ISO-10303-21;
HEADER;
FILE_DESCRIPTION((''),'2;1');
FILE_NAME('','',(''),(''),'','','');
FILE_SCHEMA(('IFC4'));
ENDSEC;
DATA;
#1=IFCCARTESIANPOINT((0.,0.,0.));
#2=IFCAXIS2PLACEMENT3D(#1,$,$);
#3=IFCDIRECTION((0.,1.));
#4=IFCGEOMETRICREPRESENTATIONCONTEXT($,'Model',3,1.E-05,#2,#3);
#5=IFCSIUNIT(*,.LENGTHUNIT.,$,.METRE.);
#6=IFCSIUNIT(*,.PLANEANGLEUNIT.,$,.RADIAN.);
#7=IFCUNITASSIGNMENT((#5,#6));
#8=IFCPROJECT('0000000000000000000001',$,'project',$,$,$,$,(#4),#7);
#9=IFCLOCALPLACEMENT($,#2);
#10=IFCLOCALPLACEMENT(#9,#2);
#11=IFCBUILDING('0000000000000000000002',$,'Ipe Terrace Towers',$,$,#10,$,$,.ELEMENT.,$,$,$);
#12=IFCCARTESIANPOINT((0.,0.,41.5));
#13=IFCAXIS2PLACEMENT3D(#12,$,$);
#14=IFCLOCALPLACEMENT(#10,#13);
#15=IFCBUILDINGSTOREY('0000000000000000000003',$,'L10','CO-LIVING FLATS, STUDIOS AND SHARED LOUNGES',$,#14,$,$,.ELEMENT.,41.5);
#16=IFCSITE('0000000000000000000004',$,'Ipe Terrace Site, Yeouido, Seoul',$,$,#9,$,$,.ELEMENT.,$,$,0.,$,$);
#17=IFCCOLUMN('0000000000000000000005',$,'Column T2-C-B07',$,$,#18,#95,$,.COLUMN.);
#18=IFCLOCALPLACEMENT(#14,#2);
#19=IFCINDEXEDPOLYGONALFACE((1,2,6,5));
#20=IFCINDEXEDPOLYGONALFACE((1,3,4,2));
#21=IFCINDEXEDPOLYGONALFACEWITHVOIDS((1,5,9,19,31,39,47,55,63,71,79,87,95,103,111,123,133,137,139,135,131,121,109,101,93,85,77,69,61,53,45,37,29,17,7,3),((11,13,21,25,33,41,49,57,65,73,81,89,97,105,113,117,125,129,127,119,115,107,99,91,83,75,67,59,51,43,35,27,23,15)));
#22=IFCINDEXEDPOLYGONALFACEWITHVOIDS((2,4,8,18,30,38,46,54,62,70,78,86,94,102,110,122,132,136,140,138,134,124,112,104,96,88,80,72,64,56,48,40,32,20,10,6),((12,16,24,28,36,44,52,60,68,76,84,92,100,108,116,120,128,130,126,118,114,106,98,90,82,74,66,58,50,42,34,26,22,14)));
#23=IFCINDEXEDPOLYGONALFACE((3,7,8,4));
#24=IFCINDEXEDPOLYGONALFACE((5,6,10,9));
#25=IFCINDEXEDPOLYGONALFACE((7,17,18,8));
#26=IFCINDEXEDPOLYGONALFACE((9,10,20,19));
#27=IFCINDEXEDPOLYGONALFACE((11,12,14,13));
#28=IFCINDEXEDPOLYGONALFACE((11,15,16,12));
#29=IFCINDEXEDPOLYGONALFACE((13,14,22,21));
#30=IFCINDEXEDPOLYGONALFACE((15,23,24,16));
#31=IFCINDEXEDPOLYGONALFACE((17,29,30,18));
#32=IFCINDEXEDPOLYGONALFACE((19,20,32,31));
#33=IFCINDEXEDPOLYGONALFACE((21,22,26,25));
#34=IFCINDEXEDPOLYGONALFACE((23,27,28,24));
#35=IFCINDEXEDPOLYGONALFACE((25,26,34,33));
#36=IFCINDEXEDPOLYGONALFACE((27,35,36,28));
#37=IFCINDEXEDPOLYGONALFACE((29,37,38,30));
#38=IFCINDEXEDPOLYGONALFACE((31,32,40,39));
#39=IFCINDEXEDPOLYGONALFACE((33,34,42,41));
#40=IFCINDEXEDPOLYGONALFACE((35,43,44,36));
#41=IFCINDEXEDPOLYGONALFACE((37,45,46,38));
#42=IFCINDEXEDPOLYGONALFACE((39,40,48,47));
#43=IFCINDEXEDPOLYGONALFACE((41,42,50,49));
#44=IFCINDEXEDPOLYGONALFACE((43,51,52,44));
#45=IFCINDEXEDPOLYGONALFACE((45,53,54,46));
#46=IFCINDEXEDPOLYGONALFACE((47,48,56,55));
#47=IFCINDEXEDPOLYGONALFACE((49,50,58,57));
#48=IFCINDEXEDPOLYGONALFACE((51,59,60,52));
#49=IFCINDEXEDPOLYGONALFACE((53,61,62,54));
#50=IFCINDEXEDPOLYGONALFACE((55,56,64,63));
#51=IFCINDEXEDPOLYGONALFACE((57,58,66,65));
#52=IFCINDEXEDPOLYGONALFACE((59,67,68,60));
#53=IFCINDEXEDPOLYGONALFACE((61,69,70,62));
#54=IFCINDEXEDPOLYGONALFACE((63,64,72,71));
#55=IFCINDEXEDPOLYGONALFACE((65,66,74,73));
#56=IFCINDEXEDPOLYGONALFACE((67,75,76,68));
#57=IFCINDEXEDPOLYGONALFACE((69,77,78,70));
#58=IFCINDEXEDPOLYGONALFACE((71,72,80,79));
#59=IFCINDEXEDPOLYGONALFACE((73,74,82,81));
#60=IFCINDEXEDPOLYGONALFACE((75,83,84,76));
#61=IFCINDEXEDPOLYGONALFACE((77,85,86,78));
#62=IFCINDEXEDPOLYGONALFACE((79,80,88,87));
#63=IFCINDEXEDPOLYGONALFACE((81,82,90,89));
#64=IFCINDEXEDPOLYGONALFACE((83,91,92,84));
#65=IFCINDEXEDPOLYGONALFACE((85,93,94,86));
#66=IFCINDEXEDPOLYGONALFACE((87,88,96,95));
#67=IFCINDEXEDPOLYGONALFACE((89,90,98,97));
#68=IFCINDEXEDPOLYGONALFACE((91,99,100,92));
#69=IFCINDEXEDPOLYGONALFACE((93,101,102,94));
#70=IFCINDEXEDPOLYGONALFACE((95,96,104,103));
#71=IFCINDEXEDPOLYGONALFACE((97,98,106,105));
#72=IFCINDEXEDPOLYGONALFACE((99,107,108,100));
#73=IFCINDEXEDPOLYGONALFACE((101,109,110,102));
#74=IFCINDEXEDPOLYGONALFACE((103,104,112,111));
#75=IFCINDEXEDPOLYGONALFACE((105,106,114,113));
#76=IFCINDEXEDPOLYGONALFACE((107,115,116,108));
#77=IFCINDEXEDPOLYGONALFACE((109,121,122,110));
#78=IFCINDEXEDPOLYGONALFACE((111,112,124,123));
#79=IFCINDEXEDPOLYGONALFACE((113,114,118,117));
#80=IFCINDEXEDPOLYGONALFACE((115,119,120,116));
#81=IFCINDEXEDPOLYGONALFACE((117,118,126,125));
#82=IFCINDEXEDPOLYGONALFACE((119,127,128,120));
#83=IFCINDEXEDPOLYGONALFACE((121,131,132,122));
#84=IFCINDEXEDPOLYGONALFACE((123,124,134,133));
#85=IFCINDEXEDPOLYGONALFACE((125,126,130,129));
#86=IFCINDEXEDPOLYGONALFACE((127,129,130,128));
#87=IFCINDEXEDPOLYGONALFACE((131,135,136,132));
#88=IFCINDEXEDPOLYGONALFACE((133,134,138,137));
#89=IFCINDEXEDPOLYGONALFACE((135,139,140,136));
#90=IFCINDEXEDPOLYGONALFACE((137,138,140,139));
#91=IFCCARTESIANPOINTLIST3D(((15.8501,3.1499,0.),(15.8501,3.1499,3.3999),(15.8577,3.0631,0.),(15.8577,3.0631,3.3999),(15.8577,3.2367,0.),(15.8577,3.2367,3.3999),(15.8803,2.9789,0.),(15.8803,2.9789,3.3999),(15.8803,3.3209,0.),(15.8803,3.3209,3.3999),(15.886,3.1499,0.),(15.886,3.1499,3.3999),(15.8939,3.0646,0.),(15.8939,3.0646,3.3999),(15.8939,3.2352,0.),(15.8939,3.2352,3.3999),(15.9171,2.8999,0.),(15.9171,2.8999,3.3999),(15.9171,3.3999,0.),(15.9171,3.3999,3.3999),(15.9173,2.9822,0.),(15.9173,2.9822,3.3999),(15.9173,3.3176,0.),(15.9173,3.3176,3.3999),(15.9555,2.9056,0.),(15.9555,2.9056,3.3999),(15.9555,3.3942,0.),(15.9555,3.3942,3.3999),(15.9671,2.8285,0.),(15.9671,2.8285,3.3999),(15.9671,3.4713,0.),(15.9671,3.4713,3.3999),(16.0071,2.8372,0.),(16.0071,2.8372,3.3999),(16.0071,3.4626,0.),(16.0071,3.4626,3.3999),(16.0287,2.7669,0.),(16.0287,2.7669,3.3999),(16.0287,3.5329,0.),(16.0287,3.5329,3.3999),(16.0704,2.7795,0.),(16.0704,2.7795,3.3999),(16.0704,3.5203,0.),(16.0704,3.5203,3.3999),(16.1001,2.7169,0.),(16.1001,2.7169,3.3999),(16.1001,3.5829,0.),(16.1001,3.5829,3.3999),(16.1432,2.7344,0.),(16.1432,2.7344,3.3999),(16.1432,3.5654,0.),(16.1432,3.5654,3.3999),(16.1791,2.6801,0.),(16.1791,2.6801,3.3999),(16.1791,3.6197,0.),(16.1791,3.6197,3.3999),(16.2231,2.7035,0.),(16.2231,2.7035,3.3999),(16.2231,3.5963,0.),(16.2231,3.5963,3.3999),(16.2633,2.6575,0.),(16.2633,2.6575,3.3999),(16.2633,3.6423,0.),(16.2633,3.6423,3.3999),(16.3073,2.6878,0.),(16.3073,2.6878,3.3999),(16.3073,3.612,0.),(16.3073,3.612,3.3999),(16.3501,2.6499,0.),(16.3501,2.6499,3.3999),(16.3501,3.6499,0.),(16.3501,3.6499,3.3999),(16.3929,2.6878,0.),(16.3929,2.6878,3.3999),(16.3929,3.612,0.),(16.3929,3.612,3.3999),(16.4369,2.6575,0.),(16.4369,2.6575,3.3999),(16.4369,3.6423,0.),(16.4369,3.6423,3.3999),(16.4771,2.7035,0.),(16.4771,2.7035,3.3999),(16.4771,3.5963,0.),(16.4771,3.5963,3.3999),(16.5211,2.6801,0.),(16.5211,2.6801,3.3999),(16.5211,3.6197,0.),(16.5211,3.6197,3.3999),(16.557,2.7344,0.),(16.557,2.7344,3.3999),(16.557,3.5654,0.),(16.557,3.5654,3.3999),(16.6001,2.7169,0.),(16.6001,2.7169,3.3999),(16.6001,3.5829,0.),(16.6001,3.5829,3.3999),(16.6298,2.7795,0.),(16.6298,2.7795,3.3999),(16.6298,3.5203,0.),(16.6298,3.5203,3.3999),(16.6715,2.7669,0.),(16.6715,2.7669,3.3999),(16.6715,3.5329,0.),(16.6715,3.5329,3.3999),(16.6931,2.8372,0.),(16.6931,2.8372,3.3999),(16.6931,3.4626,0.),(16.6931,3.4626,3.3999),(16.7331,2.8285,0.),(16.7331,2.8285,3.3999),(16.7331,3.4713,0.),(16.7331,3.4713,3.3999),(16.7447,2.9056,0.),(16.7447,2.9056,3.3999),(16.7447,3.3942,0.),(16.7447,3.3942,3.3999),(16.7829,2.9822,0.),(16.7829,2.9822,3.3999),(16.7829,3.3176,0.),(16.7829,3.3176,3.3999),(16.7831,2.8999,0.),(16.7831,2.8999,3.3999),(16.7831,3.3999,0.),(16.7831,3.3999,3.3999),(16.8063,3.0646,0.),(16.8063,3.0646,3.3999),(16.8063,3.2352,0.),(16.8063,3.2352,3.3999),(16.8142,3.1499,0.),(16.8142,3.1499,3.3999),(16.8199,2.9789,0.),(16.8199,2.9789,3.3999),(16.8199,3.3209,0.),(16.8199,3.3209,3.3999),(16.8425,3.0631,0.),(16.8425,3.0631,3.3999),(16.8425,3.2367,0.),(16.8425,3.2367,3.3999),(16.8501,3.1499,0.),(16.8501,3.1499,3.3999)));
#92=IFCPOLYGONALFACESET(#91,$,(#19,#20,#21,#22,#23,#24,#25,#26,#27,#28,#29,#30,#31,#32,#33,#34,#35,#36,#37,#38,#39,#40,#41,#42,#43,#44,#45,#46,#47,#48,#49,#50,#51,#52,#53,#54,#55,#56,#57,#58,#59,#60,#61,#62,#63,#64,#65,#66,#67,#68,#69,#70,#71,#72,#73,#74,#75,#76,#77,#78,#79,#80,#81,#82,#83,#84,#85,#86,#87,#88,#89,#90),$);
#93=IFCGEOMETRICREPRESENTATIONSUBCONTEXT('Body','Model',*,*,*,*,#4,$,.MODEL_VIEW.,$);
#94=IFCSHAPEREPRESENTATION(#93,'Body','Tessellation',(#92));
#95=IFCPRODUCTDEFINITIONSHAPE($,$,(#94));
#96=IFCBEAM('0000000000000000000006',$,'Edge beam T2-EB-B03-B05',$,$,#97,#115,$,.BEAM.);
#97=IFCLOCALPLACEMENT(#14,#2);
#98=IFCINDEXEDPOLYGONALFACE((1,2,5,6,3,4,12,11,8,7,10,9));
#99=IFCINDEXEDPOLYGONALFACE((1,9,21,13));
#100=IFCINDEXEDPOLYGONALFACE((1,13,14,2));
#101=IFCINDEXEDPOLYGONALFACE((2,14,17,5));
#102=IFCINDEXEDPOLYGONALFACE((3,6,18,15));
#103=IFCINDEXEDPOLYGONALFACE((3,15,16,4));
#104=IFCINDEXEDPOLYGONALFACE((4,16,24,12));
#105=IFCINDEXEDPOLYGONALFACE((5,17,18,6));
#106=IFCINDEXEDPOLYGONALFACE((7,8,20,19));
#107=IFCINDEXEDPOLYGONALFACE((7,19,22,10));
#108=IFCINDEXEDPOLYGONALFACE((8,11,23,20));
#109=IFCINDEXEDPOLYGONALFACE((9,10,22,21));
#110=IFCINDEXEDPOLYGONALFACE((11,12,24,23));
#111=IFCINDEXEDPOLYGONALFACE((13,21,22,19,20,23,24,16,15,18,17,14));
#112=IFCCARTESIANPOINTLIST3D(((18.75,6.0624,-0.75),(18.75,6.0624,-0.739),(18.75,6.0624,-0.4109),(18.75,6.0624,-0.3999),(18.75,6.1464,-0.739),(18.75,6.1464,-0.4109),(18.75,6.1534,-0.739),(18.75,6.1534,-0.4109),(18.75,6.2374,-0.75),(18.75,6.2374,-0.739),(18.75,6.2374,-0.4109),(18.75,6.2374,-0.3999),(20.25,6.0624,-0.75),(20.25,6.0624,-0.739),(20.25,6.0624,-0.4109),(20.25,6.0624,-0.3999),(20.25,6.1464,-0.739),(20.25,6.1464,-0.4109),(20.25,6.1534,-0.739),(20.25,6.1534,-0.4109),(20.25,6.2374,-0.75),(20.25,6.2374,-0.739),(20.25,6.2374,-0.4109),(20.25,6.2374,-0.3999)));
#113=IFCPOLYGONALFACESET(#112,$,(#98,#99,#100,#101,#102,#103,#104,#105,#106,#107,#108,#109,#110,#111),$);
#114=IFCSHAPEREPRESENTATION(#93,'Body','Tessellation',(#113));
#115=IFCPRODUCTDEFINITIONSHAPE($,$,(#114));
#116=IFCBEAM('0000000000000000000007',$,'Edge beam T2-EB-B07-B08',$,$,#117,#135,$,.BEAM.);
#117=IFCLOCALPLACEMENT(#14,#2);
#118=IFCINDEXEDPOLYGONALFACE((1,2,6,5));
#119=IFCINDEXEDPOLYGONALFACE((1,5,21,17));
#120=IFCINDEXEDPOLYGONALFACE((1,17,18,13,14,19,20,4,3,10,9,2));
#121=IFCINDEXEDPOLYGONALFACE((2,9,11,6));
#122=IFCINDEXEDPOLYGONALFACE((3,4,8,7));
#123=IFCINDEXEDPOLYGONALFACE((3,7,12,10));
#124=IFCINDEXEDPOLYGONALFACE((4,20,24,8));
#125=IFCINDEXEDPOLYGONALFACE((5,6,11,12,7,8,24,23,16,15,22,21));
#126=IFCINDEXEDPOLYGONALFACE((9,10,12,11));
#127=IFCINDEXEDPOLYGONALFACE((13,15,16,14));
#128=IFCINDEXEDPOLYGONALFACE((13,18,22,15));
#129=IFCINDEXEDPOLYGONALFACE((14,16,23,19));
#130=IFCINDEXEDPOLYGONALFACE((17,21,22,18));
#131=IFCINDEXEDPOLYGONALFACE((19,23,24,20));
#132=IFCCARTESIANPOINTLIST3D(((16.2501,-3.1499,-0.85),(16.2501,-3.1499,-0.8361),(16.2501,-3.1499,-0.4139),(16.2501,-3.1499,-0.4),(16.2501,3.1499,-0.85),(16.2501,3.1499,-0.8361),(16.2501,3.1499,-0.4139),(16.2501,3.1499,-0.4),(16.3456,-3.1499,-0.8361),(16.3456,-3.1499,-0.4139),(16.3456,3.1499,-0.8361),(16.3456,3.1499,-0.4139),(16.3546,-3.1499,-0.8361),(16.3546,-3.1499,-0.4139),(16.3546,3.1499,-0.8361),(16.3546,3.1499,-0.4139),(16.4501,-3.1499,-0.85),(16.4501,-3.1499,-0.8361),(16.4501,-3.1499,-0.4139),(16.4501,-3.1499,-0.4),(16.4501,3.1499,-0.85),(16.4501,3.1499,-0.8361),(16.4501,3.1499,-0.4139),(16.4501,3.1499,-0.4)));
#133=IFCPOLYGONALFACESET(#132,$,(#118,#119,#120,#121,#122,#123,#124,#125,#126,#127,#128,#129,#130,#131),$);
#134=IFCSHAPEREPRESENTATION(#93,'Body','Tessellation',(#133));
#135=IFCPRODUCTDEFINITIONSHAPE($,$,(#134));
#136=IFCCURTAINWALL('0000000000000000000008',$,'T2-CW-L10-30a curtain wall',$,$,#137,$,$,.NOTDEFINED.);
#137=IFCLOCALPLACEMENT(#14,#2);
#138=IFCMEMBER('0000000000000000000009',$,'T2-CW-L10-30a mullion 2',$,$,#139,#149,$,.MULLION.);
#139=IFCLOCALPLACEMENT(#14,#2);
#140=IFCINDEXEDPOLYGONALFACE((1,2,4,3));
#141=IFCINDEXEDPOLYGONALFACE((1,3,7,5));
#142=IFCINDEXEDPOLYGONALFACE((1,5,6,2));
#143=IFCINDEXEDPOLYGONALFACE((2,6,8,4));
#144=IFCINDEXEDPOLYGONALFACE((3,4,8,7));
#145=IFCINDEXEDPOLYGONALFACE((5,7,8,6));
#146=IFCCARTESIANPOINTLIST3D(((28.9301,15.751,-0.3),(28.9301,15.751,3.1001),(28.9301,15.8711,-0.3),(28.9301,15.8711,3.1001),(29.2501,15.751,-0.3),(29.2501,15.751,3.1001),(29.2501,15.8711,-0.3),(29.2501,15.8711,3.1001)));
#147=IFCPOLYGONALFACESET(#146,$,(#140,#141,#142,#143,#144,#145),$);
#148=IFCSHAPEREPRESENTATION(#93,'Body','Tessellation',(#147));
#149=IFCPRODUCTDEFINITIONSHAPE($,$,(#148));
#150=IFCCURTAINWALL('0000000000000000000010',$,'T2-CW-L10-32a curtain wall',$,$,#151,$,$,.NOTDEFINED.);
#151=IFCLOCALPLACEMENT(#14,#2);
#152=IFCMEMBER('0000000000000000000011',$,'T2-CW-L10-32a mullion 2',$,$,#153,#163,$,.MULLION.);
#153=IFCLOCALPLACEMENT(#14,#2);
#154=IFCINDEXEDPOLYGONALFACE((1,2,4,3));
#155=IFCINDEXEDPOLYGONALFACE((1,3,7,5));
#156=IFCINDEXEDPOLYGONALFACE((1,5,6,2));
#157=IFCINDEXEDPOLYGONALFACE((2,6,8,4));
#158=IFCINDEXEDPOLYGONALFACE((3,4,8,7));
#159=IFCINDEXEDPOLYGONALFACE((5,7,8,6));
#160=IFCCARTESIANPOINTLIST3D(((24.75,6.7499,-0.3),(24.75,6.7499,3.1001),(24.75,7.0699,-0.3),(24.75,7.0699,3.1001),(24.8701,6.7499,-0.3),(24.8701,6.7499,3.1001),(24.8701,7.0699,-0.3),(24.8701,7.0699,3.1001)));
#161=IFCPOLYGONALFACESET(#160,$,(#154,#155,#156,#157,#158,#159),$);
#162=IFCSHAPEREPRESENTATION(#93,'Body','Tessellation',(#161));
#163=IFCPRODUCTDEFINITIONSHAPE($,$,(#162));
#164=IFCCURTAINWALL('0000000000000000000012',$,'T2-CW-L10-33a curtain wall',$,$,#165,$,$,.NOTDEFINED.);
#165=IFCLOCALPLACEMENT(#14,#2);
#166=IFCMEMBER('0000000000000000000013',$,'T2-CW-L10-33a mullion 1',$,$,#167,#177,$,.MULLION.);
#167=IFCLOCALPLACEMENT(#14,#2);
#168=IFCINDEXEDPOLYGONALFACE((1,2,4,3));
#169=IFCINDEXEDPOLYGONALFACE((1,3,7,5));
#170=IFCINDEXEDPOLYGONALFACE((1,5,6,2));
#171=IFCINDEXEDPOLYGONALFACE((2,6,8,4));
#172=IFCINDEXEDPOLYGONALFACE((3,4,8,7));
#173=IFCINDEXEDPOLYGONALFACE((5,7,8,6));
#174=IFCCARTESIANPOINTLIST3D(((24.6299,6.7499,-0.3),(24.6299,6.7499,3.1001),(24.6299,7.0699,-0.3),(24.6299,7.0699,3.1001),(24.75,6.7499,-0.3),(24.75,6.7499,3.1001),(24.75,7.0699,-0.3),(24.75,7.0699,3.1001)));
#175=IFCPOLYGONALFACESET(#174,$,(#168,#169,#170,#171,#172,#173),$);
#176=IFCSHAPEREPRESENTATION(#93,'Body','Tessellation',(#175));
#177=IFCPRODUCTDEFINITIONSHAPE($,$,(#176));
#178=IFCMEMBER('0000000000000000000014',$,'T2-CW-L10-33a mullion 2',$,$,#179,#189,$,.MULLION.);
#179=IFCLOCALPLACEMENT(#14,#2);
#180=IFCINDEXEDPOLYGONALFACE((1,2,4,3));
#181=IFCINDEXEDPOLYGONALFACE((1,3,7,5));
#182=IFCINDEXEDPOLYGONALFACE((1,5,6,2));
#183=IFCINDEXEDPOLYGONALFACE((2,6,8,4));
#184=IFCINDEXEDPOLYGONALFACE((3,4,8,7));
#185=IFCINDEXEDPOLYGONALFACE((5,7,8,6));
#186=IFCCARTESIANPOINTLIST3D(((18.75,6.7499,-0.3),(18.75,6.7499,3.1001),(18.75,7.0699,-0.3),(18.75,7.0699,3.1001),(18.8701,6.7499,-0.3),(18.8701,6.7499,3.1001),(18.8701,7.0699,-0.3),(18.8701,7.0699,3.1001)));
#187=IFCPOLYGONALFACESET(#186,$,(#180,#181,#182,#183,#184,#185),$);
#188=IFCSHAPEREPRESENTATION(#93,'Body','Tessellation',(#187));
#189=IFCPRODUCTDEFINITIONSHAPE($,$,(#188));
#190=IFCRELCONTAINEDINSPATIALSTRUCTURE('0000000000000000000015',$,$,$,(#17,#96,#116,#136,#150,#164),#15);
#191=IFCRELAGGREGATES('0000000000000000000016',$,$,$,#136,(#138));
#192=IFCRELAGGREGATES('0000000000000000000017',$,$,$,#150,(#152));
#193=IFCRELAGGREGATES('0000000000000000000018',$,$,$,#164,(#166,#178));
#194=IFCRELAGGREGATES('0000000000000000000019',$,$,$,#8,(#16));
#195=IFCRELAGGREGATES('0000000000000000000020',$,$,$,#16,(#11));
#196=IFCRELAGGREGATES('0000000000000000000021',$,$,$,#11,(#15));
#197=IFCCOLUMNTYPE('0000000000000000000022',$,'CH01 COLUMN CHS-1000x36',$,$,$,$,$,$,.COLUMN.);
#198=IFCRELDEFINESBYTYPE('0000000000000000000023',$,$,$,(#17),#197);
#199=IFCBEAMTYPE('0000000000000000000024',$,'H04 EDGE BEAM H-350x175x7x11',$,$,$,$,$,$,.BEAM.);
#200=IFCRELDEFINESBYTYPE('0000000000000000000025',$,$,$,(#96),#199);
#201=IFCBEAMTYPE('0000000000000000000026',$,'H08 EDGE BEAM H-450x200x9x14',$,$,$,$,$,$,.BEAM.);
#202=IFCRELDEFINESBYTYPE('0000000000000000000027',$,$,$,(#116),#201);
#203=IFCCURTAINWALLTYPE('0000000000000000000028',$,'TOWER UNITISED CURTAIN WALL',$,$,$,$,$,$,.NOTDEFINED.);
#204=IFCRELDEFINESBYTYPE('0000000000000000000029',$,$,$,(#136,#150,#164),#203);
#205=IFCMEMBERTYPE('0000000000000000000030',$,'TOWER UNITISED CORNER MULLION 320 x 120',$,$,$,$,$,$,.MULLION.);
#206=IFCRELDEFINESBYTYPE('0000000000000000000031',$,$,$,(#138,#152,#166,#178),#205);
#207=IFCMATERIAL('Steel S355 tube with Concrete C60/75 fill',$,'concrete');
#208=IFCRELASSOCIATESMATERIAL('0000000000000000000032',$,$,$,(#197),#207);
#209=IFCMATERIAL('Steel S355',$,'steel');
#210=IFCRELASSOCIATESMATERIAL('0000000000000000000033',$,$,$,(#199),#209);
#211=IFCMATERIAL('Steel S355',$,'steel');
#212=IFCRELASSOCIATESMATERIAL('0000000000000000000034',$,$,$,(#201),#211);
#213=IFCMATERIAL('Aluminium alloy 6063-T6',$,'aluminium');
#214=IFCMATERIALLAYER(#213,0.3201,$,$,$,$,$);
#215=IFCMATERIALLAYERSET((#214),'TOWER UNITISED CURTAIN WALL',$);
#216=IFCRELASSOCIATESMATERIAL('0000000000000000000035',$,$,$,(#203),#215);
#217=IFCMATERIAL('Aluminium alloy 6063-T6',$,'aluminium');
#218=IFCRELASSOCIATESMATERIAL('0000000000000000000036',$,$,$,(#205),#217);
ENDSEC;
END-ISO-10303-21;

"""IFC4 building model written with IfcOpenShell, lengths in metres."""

from ifc_helpers import new_model, si_unit, direction, frame, origin, origin_2d, place, context, subcontext, project, spatial, rectangle, hollow_circle, i_section, extrude, material, layer, layer_set, material_profile, profile_set, type_object, element, aggregate, save


model = new_model("IFC4")

# Units and contexts
model_context = context("Model", 3, precision=1e-05, world=origin(), true_north=direction((0.0, 1.0)))
body_context = subcontext(model_context, "Body", "Model", "MODEL_VIEW")
ifc_project = project(units=[si_unit("LENGTHUNIT", "METRE"), si_unit("PLANEANGLEUNIT", "RADIAN")], contexts=[model_context])

# Site, building, storey
site_placement = place(None, origin())
site = spatial("IfcSite", under=ifc_project, at=site_placement, Name="Ipe Terrace Site, Yeouido, Seoul", CompositionType="ELEMENT", RefElevation=0.0)
building_placement = place(site_placement, origin())
building = spatial("IfcBuilding", under=site, at=building_placement, Name="Ipe Terrace Towers", CompositionType="ELEMENT")
storey_placement = place(building_placement, frame((0.0, 0.0, 41.5)))
storey = spatial("IfcBuildingStorey", under=building, at=storey_placement, Name="L10", Description="CO-LIVING FLATS, STUDIOS AND SHARED LOUNGES", CompositionType="ELEMENT", Elevation=41.5)

# Column
ifc_material_1 = material(Name="Steel S355 tube with Concrete C60/75 fill", Category="concrete")
ifc_material_profile_1 = material_profile(ifc_material_1, hollow_circle(Radius=0.5, WallThickness=0.0359, at=origin_2d()), Name="CHS-1000x36")
ifc_profile_set_1 = profile_set([ifc_material_profile_1], Name="Steel S355 tube with Concrete C60/75 fill")
column_type = type_object("IfcColumnType", Name="CH01 COLUMN CHS-1000x36", PredefinedType="COLUMN", material=ifc_profile_set_1)
for number, where, z_axis, x_axis, name in (
    (1, (16.3501, 3.1499, 0.0), (0.0, 0.0, 1.0), (1.0, 0.0, 0.0), "Column T2-C-B07"),
):
    element("IfcColumn", number, at=place(storey_placement, frame(where, z_axis=z_axis, x_axis=x_axis)), inside=storey, type_object=column_type, Name=name, PredefinedType="COLUMN", context=body_context, shape_type="SweptSolid", body=[
        extrude(hollow_circle(Radius=0.5, WallThickness=0.0359, at=origin_2d()), origin(), (0.0, 0.0, 1.0), 3.3999),
    ])

# Beams
ifc_material_2 = material(Name="Steel S355", Category="steel")
ifc_material_profile_2 = material_profile(ifc_material_2, i_section(OverallWidth=0.175, OverallDepth=0.3501, WebThickness=0.0071, FlangeThickness=0.011, at=origin_2d()), Name="H-350x175x7x11")
ifc_profile_set_2 = profile_set([ifc_material_profile_2], Name="Steel S355")
beam_type_1 = type_object("IfcBeamType", Name="H04 EDGE BEAM H-350x175x7x11", PredefinedType="BEAM", material=ifc_profile_set_2)
beam_1_placement = place(storey_placement, frame((20.25, 6.1499, -0.575), z_axis=(-1.0, 0.0, 0.0), x_axis=(0.0, -1.0, 0.0)))
element("IfcBeam", 2, at=beam_1_placement, inside=storey, type_object=beam_type_1, Name="Edge beam T2-EB-B03-B05", PredefinedType="BEAM", context=body_context, shape_type="SweptSolid", body=[
    extrude(i_section(OverallWidth=0.175, OverallDepth=0.3501, WebThickness=0.0071, FlangeThickness=0.011, at=origin_2d()), origin(), (0.0, 0.0, 1.0), 1.5),
])
ifc_material_3 = material(Name="Steel S355", Category="steel")
ifc_material_profile_3 = material_profile(ifc_material_3, i_section(OverallWidth=0.2, OverallDepth=0.45, WebThickness=0.009, FlangeThickness=0.0139, at=origin_2d()), Name="H-450x200x9x14")
ifc_profile_set_3 = profile_set([ifc_material_profile_3], Name="Steel S355")
beam_type_2 = type_object("IfcBeamType", Name="H08 EDGE BEAM H-450x200x9x14", PredefinedType="BEAM", material=ifc_profile_set_3)
beam_2_placement = place(storey_placement, frame((16.3501, 3.1499, -0.625), z_axis=(0.0, -1.0, 0.0), x_axis=(1.0, 0.0, 0.0)))
element("IfcBeam", 3, at=beam_2_placement, inside=storey, type_object=beam_type_2, Name="Edge beam T2-EB-B07-B08", PredefinedType="BEAM", context=body_context, shape_type="SweptSolid", body=[
    extrude(i_section(OverallWidth=0.2, OverallDepth=0.45, WebThickness=0.009, FlangeThickness=0.0139, at=origin_2d()), origin(), (0.0, 0.0, 1.0), 6.2998),
])

# Curtain walls, members
ifc_material_4 = material(Name="Aluminium alloy 6063-T6", Category="aluminium")
ifc_layer_1 = layer(ifc_material_4, 0.3201)
ifc_layer_set_1 = layer_set([ifc_layer_1], Name="TOWER UNITISED CURTAIN WALL")
curtain_wall_type = type_object("IfcCurtainWallType", Name="TOWER UNITISED CURTAIN WALL", PredefinedType="NOTDEFINED", material=ifc_layer_set_1)
curtain_wall_1_placement = place(storey_placement, origin())
curtain_wall_1 = element("IfcCurtainWall", 4, at=curtain_wall_1_placement, inside=storey, type_object=curtain_wall_type, Name="T2-CW-L10-30a curtain wall", PredefinedType="NOTDEFINED")
ifc_material_5 = material(Name="Aluminium alloy 6063-T6", Category="aluminium")
ifc_material_profile_4 = material_profile(ifc_material_5, rectangle(XDim=0.3201, YDim=0.1201, at=origin_2d()), Name="TOWER UNITISED CORNER MULLION 320 x 120")
ifc_profile_set_4 = profile_set([ifc_material_profile_4], Name="Aluminium alloy 6063-T6")
member_type_1 = type_object("IfcMemberType", Name="TOWER UNITISED CORNER MULLION 320 x 120", PredefinedType="MULLION", material=ifc_profile_set_4)
member_1_placement = place(storey_placement, frame((29.0901, 15.811, -0.3), z_axis=(0.0, 0.0, 1.0), x_axis=(-1.0, 0.0, 0.0)))
member_1 = element("IfcMember", 5, at=member_1_placement, type_object=member_type_1, Name="T2-CW-L10-30a mullion 2", PredefinedType="MULLION", context=body_context, shape_type="SweptSolid", body=[
    extrude(rectangle(XDim=0.3201, YDim=0.1201, at=origin_2d()), origin(), (0.0, 0.0, 1.0), 3.4001),
])
curtain_wall_2_placement = place(storey_placement, origin())
curtain_wall_2 = element("IfcCurtainWall", 6, at=curtain_wall_2_placement, inside=storey, type_object=curtain_wall_type, Name="T2-CW-L10-32a curtain wall", PredefinedType="NOTDEFINED")
member_2_placement = place(storey_placement, frame((24.8101, 6.9099, -0.3), z_axis=(0.0, 0.0, 1.0), x_axis=(0.0, 1.0, 0.0)))
member_2 = element("IfcMember", 7, at=member_2_placement, type_object=member_type_1, Name="T2-CW-L10-32a mullion 2", PredefinedType="MULLION", context=body_context, shape_type="SweptSolid", body=[
    extrude(rectangle(XDim=0.3201, YDim=0.1201, at=origin_2d()), origin(), (0.0, 0.0, 1.0), 3.4001),
])

# Curtain wall, members
curtain_wall_3_placement = place(storey_placement, origin())
curtain_wall_3 = element("IfcCurtainWall", 8, at=curtain_wall_3_placement, inside=storey, type_object=curtain_wall_type, Name="T2-CW-L10-33a curtain wall", PredefinedType="NOTDEFINED")
member_3_placement = place(storey_placement, frame((24.6899, 6.9099, -0.3), z_axis=(0.0, 0.0, 1.0), x_axis=(0.0, 1.0, 0.0)))
member_3 = element("IfcMember", 9, at=member_3_placement, type_object=member_type_1, Name="T2-CW-L10-33a mullion 1", PredefinedType="MULLION", context=body_context, shape_type="SweptSolid", body=[
    extrude(rectangle(XDim=0.3201, YDim=0.1201, at=origin_2d()), origin(), (0.0, 0.0, 1.0), 3.4001),
])
member_4_placement = place(storey_placement, frame((18.8101, 6.9099, -0.3), z_axis=(0.0, 0.0, 1.0), x_axis=(0.0, 1.0, 0.0)))
member_4 = element("IfcMember", 10, at=member_4_placement, type_object=member_type_1, Name="T2-CW-L10-33a mullion 2", PredefinedType="MULLION", context=body_context, shape_type="SweptSolid", body=[
    extrude(rectangle(XDim=0.3201, YDim=0.1201, at=origin_2d()), origin(), (0.0, 0.0, 1.0), 3.4001),
])

aggregate(curtain_wall_1, [member_1])
aggregate(curtain_wall_2, [member_2])
aggregate(curtain_wall_3, [member_3, member_4])

save(model, "model.ifc")
